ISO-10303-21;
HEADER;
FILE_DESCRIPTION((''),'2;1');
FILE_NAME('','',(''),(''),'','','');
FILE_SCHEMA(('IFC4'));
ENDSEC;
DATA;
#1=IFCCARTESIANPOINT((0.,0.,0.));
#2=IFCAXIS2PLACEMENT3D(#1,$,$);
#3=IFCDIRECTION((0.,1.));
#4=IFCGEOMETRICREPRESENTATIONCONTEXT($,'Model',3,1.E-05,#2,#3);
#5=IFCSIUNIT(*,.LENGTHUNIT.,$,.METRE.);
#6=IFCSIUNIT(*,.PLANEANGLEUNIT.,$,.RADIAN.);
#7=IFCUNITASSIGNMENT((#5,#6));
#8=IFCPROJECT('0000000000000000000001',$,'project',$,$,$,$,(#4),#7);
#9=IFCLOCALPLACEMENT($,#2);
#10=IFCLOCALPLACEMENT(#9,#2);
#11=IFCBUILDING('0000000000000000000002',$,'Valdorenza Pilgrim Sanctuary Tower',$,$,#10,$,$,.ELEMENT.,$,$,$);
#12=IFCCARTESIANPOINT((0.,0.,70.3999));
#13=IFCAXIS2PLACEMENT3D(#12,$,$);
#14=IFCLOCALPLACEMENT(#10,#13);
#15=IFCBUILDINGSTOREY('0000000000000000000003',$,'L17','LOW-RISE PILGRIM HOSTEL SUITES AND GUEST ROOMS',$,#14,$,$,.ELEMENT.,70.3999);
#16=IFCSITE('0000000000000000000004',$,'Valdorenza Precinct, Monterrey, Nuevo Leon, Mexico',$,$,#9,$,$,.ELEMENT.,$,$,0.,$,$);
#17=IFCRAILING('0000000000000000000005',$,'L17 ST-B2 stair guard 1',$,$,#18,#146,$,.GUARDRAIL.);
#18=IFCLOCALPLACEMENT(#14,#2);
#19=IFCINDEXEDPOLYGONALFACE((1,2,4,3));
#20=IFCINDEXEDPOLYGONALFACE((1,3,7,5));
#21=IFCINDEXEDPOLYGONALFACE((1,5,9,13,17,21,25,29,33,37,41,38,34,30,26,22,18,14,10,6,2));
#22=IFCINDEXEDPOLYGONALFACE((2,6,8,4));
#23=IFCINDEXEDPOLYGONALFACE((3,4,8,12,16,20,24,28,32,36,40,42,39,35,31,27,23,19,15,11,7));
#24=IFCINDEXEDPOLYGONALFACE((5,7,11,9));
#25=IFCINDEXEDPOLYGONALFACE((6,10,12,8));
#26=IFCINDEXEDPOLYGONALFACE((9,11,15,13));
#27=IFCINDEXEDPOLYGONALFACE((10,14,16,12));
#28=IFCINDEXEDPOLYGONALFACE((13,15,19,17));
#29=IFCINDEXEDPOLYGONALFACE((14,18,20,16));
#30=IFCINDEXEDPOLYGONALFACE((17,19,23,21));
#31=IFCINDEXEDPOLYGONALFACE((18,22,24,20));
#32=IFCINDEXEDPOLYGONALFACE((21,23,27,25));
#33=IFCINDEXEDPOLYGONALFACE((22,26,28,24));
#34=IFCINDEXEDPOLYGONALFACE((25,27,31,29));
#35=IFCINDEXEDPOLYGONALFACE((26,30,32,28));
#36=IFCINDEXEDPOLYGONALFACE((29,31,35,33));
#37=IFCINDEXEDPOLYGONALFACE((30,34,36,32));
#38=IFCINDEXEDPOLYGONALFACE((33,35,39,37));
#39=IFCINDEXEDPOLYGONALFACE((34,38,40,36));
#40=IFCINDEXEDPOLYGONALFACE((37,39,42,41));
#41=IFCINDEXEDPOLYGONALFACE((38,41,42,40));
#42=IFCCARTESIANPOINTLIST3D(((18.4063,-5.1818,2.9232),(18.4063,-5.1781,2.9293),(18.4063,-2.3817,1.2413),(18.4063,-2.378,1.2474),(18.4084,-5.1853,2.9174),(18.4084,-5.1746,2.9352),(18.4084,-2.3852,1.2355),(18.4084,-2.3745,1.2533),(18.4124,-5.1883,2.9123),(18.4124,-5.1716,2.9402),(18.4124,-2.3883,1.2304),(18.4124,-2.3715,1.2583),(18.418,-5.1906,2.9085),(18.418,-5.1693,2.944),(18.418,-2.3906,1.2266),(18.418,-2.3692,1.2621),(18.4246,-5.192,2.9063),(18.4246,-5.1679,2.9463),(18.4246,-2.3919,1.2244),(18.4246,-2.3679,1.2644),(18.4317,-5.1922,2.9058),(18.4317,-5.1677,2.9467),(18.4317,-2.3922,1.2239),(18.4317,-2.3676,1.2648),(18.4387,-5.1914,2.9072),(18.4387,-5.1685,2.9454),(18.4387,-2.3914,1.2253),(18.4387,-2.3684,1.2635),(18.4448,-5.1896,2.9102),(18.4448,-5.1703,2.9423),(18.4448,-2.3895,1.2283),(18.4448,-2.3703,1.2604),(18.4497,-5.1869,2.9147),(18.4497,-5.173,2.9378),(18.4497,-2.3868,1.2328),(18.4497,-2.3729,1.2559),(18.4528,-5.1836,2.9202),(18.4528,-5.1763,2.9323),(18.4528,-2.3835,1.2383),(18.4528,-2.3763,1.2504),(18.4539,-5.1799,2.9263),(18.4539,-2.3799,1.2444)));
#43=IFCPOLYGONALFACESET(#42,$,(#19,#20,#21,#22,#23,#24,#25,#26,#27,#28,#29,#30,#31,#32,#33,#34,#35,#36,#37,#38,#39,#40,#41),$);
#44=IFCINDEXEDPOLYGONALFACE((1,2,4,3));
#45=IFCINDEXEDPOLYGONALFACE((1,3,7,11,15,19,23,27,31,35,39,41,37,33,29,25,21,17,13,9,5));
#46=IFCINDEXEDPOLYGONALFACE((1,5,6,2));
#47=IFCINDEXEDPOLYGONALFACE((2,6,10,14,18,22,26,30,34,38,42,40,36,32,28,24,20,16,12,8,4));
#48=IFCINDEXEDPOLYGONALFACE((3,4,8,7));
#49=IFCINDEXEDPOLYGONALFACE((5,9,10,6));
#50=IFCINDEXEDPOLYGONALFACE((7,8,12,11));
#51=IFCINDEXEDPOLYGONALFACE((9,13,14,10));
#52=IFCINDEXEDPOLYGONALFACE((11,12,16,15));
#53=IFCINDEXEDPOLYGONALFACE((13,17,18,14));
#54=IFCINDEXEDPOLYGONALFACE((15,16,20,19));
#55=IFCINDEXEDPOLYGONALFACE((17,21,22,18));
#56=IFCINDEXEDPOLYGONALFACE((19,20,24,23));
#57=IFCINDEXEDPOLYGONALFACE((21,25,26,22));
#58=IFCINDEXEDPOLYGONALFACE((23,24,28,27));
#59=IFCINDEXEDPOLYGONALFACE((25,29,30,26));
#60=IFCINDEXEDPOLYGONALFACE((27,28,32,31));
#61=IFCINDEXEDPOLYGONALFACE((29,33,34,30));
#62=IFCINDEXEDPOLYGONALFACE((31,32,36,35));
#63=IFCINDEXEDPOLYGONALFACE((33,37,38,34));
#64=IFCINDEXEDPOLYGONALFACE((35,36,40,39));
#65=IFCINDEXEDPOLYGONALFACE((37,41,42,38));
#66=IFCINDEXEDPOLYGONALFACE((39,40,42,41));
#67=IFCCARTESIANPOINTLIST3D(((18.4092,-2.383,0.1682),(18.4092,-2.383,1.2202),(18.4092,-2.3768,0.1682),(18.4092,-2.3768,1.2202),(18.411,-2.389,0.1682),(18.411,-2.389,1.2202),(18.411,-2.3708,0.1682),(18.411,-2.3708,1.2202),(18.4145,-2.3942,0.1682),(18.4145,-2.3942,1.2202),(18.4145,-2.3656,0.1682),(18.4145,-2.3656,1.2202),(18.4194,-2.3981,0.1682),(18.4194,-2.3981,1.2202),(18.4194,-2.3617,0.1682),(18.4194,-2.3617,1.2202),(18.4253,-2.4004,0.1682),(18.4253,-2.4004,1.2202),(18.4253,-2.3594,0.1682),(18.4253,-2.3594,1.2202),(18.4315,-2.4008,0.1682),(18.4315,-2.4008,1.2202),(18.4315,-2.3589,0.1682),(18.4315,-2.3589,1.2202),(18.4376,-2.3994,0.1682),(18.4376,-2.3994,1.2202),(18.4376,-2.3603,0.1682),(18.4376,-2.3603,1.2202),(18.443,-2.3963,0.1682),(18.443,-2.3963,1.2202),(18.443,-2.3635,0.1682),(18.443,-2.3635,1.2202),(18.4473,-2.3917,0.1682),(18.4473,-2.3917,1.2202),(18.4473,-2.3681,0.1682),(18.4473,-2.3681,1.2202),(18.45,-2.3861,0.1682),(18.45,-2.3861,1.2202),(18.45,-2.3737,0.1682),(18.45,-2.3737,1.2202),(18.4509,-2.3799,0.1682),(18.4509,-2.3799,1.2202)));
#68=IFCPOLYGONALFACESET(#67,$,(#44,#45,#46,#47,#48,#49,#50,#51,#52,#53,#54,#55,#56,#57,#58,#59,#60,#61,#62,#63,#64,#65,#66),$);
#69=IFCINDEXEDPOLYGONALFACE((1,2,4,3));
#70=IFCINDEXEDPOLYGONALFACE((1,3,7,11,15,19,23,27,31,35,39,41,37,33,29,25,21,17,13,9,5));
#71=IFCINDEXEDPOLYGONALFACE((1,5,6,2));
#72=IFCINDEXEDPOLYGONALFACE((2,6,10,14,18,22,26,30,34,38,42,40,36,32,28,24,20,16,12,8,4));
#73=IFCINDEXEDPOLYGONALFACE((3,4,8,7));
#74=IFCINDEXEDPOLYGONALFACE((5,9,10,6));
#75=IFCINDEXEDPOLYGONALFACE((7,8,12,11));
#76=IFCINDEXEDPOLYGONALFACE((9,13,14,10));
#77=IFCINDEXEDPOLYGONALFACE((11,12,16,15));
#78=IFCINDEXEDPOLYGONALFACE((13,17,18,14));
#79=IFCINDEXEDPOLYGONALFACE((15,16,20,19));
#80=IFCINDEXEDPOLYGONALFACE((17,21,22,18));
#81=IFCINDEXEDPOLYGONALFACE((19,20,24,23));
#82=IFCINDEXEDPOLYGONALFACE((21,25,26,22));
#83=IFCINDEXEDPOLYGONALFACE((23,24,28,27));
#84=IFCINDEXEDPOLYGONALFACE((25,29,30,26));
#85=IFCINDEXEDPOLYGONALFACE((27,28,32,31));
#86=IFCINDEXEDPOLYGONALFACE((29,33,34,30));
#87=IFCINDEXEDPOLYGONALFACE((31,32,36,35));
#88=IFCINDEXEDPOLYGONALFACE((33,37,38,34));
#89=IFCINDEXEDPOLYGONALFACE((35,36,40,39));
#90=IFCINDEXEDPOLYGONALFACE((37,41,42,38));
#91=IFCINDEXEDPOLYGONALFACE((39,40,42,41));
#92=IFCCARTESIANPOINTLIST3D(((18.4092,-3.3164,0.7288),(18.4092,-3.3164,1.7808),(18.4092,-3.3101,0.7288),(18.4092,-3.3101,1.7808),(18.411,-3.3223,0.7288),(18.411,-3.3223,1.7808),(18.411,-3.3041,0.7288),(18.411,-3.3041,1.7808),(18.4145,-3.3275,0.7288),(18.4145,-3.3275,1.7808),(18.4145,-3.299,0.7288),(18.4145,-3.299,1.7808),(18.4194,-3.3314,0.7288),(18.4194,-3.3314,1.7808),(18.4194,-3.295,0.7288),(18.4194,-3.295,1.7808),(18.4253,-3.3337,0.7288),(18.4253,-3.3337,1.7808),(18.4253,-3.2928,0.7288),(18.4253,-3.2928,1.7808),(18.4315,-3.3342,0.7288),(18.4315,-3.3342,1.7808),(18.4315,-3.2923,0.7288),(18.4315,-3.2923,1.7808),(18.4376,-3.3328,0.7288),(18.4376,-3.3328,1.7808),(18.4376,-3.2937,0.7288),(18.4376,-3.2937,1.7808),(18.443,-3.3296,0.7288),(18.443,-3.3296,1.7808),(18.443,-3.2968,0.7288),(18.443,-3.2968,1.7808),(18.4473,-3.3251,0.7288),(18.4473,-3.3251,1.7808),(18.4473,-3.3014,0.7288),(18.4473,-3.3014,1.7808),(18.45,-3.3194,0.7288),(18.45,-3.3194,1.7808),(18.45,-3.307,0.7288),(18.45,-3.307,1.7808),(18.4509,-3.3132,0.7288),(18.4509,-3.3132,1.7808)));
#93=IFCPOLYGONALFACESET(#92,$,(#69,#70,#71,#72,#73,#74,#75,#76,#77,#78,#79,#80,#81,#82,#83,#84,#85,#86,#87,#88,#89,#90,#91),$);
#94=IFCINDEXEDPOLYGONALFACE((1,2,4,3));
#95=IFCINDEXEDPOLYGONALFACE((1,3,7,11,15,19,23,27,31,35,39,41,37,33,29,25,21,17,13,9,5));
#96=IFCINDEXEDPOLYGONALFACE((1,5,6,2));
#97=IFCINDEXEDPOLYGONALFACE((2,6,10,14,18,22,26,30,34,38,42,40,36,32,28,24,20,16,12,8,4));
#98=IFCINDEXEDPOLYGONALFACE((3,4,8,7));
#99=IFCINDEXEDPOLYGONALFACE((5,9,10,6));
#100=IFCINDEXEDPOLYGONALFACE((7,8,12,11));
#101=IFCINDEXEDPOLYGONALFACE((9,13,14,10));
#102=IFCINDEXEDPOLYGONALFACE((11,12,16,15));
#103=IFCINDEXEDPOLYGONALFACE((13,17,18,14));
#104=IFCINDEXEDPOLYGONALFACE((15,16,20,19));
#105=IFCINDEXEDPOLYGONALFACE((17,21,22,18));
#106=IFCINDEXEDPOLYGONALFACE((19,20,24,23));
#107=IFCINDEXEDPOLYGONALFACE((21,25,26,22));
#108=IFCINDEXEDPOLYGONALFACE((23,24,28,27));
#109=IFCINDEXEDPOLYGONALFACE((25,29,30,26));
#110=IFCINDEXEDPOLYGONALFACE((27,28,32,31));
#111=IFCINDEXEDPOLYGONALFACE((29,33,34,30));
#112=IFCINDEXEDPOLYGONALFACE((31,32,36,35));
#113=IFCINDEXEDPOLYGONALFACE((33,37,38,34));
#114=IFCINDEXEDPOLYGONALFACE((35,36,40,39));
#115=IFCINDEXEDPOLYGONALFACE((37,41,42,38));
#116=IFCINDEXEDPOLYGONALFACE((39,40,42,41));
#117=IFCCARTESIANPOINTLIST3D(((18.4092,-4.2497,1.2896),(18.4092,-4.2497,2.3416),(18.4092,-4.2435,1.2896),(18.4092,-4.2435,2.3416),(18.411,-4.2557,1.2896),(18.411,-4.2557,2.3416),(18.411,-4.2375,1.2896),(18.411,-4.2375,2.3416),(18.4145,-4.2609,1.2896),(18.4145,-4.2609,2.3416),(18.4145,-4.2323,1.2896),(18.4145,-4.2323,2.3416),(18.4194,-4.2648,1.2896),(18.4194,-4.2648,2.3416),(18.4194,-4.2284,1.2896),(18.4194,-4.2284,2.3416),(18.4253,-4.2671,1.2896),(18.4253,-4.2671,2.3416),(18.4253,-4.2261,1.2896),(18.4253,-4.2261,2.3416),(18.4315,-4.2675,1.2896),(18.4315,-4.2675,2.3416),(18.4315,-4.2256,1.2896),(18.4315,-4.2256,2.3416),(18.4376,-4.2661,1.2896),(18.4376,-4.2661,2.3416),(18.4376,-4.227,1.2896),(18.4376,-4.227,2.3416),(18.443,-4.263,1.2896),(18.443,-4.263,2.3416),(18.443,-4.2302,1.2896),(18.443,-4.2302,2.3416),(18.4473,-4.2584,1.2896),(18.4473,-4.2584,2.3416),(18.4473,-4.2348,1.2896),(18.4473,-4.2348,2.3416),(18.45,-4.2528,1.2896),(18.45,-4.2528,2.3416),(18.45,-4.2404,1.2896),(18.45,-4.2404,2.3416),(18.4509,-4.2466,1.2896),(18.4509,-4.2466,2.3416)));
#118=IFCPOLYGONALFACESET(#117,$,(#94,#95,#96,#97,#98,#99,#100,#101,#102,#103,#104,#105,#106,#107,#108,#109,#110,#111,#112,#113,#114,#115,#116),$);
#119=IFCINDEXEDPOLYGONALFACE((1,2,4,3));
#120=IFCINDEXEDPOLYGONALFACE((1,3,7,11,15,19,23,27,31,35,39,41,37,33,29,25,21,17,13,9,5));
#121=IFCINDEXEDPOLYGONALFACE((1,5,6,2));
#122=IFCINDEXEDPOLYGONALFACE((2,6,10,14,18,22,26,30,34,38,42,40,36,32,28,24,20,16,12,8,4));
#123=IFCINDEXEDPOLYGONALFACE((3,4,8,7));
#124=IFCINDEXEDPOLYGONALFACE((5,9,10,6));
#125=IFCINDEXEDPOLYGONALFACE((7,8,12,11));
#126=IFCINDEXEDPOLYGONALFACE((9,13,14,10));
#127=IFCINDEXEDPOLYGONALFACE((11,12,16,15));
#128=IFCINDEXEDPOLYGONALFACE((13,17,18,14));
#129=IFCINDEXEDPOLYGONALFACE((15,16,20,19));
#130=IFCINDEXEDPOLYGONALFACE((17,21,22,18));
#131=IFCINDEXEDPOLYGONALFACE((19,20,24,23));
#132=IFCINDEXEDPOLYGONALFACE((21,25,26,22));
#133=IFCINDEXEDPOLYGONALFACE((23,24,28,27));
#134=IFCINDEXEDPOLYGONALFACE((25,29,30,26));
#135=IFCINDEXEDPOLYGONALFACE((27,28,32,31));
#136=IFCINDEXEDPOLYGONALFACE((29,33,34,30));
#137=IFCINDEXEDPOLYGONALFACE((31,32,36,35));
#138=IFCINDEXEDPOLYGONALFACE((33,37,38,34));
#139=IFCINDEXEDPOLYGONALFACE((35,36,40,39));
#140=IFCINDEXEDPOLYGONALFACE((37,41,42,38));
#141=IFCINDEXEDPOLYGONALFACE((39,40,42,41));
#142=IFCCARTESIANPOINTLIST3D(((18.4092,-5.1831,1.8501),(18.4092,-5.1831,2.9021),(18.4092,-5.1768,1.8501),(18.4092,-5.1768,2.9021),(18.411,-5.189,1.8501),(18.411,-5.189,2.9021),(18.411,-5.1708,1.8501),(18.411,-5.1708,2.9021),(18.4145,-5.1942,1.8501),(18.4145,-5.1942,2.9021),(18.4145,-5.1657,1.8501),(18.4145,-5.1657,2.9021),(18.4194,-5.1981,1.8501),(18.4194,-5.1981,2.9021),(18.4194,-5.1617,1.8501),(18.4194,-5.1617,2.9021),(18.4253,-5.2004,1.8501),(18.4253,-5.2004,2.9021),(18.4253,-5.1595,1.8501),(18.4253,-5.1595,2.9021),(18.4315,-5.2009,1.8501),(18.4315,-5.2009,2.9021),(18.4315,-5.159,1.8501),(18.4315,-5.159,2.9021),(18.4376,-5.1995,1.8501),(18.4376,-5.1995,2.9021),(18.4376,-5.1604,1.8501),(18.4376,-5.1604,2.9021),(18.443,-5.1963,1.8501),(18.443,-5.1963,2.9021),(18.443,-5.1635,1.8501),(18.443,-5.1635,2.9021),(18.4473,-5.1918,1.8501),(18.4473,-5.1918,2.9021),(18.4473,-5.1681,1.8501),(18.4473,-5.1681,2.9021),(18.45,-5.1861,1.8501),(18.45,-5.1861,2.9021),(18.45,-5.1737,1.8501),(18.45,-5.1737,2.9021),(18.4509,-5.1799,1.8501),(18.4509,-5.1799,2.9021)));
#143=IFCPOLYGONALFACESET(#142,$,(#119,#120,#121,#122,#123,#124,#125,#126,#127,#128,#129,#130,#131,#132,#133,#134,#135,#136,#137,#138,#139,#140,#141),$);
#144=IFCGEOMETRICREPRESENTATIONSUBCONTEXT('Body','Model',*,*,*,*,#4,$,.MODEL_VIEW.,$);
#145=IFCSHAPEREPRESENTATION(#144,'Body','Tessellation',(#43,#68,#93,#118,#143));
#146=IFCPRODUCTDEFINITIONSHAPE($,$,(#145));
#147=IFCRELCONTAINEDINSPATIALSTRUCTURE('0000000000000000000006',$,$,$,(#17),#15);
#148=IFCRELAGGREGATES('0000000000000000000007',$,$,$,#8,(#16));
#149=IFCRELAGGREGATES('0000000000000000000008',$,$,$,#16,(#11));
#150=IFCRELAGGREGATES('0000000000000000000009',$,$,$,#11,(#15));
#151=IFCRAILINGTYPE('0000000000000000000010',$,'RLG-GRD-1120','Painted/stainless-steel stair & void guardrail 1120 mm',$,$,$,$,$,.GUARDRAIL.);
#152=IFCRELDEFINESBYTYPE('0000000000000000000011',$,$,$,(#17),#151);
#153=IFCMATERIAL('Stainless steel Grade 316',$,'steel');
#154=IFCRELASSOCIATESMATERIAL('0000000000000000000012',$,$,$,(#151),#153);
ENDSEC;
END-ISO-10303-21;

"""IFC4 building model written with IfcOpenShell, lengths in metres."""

from ifc_helpers import new_model, si_unit, direction, frame, origin, origin_2d, place, context, subcontext, project, spatial, circle, extrude, material, type_object, element, save


model = new_model("IFC4")

# Units and contexts
model_context = context("Model", 3, precision=1e-05, world=origin(), true_north=direction((0.0, 1.0)))
body_context = subcontext(model_context, "Body", "Model", "MODEL_VIEW")
ifc_project = project(units=[si_unit("LENGTHUNIT", "METRE"), si_unit("PLANEANGLEUNIT", "RADIAN")], contexts=[model_context])

# Site, building, storey
site_placement = place(None, origin())
site = spatial("IfcSite", under=ifc_project, at=site_placement, Name="Valdorenza Precinct, Monterrey, Nuevo Leon, Mexico", CompositionType="ELEMENT", RefElevation=0.0)
building_placement = place(site_placement, origin())
building = spatial("IfcBuilding", under=site, at=building_placement, Name="Valdorenza Pilgrim Sanctuary Tower", CompositionType="ELEMENT")
storey_placement = place(building_placement, frame((0.0, 0.0, 70.3999)))
storey = spatial("IfcBuildingStorey", under=building, at=storey_placement, Name="L17", Description="LOW-RISE PILGRIM HOSTEL SUITES AND GUEST ROOMS", CompositionType="ELEMENT", Elevation=70.3999)

# Railing
ifc_material_1 = material(Name="Stainless steel Grade 316", Category="steel")
railing_type_1 = type_object("IfcRailingType", Name="RLG-GRD-1120", Description="Painted/stainless-steel stair & void guardrail 1120 mm", PredefinedType="GUARDRAIL", material=ifc_material_1)
railing_1_placement = place(storey_placement, frame((18.4299, -2.3799, 0.1682)))
element("IfcRailing", 1, at=railing_1_placement, inside=storey, type_object=railing_type_1, Name="L17 ST-B2 stair guard 1", PredefinedType="GUARDRAIL", context=body_context, shape_type="SweptSolid", body=[
    extrude(circle(Radius=0.0239, at=origin_2d()), frame((0.0, 0.0, 1.0762), z_axis=(0.0, -0.857242, 0.514913), x_axis=(1.0, 0.0, 0.0)), (0.0, 0.0, 1.0), 3.2664),
    extrude(circle(Radius=0.021, at=origin_2d()), origin(), (0.0, 0.0, 1.0), 1.052),
    extrude(circle(Radius=0.021, at=origin_2d()), frame((0.0, -0.9333, 0.5605)), (0.0, 0.0, 1.0), 1.052),
    extrude(circle(Radius=0.021, at=origin_2d()), frame((0.0, -1.8667, 1.1213)), (0.0, 0.0, 1.0), 1.052),
    extrude(circle(Radius=0.021, at=origin_2d()), frame((0.0, -2.8, 1.6819)), (0.0, 0.0, 1.0), 1.052),
])

save(model, "model.ifc")
